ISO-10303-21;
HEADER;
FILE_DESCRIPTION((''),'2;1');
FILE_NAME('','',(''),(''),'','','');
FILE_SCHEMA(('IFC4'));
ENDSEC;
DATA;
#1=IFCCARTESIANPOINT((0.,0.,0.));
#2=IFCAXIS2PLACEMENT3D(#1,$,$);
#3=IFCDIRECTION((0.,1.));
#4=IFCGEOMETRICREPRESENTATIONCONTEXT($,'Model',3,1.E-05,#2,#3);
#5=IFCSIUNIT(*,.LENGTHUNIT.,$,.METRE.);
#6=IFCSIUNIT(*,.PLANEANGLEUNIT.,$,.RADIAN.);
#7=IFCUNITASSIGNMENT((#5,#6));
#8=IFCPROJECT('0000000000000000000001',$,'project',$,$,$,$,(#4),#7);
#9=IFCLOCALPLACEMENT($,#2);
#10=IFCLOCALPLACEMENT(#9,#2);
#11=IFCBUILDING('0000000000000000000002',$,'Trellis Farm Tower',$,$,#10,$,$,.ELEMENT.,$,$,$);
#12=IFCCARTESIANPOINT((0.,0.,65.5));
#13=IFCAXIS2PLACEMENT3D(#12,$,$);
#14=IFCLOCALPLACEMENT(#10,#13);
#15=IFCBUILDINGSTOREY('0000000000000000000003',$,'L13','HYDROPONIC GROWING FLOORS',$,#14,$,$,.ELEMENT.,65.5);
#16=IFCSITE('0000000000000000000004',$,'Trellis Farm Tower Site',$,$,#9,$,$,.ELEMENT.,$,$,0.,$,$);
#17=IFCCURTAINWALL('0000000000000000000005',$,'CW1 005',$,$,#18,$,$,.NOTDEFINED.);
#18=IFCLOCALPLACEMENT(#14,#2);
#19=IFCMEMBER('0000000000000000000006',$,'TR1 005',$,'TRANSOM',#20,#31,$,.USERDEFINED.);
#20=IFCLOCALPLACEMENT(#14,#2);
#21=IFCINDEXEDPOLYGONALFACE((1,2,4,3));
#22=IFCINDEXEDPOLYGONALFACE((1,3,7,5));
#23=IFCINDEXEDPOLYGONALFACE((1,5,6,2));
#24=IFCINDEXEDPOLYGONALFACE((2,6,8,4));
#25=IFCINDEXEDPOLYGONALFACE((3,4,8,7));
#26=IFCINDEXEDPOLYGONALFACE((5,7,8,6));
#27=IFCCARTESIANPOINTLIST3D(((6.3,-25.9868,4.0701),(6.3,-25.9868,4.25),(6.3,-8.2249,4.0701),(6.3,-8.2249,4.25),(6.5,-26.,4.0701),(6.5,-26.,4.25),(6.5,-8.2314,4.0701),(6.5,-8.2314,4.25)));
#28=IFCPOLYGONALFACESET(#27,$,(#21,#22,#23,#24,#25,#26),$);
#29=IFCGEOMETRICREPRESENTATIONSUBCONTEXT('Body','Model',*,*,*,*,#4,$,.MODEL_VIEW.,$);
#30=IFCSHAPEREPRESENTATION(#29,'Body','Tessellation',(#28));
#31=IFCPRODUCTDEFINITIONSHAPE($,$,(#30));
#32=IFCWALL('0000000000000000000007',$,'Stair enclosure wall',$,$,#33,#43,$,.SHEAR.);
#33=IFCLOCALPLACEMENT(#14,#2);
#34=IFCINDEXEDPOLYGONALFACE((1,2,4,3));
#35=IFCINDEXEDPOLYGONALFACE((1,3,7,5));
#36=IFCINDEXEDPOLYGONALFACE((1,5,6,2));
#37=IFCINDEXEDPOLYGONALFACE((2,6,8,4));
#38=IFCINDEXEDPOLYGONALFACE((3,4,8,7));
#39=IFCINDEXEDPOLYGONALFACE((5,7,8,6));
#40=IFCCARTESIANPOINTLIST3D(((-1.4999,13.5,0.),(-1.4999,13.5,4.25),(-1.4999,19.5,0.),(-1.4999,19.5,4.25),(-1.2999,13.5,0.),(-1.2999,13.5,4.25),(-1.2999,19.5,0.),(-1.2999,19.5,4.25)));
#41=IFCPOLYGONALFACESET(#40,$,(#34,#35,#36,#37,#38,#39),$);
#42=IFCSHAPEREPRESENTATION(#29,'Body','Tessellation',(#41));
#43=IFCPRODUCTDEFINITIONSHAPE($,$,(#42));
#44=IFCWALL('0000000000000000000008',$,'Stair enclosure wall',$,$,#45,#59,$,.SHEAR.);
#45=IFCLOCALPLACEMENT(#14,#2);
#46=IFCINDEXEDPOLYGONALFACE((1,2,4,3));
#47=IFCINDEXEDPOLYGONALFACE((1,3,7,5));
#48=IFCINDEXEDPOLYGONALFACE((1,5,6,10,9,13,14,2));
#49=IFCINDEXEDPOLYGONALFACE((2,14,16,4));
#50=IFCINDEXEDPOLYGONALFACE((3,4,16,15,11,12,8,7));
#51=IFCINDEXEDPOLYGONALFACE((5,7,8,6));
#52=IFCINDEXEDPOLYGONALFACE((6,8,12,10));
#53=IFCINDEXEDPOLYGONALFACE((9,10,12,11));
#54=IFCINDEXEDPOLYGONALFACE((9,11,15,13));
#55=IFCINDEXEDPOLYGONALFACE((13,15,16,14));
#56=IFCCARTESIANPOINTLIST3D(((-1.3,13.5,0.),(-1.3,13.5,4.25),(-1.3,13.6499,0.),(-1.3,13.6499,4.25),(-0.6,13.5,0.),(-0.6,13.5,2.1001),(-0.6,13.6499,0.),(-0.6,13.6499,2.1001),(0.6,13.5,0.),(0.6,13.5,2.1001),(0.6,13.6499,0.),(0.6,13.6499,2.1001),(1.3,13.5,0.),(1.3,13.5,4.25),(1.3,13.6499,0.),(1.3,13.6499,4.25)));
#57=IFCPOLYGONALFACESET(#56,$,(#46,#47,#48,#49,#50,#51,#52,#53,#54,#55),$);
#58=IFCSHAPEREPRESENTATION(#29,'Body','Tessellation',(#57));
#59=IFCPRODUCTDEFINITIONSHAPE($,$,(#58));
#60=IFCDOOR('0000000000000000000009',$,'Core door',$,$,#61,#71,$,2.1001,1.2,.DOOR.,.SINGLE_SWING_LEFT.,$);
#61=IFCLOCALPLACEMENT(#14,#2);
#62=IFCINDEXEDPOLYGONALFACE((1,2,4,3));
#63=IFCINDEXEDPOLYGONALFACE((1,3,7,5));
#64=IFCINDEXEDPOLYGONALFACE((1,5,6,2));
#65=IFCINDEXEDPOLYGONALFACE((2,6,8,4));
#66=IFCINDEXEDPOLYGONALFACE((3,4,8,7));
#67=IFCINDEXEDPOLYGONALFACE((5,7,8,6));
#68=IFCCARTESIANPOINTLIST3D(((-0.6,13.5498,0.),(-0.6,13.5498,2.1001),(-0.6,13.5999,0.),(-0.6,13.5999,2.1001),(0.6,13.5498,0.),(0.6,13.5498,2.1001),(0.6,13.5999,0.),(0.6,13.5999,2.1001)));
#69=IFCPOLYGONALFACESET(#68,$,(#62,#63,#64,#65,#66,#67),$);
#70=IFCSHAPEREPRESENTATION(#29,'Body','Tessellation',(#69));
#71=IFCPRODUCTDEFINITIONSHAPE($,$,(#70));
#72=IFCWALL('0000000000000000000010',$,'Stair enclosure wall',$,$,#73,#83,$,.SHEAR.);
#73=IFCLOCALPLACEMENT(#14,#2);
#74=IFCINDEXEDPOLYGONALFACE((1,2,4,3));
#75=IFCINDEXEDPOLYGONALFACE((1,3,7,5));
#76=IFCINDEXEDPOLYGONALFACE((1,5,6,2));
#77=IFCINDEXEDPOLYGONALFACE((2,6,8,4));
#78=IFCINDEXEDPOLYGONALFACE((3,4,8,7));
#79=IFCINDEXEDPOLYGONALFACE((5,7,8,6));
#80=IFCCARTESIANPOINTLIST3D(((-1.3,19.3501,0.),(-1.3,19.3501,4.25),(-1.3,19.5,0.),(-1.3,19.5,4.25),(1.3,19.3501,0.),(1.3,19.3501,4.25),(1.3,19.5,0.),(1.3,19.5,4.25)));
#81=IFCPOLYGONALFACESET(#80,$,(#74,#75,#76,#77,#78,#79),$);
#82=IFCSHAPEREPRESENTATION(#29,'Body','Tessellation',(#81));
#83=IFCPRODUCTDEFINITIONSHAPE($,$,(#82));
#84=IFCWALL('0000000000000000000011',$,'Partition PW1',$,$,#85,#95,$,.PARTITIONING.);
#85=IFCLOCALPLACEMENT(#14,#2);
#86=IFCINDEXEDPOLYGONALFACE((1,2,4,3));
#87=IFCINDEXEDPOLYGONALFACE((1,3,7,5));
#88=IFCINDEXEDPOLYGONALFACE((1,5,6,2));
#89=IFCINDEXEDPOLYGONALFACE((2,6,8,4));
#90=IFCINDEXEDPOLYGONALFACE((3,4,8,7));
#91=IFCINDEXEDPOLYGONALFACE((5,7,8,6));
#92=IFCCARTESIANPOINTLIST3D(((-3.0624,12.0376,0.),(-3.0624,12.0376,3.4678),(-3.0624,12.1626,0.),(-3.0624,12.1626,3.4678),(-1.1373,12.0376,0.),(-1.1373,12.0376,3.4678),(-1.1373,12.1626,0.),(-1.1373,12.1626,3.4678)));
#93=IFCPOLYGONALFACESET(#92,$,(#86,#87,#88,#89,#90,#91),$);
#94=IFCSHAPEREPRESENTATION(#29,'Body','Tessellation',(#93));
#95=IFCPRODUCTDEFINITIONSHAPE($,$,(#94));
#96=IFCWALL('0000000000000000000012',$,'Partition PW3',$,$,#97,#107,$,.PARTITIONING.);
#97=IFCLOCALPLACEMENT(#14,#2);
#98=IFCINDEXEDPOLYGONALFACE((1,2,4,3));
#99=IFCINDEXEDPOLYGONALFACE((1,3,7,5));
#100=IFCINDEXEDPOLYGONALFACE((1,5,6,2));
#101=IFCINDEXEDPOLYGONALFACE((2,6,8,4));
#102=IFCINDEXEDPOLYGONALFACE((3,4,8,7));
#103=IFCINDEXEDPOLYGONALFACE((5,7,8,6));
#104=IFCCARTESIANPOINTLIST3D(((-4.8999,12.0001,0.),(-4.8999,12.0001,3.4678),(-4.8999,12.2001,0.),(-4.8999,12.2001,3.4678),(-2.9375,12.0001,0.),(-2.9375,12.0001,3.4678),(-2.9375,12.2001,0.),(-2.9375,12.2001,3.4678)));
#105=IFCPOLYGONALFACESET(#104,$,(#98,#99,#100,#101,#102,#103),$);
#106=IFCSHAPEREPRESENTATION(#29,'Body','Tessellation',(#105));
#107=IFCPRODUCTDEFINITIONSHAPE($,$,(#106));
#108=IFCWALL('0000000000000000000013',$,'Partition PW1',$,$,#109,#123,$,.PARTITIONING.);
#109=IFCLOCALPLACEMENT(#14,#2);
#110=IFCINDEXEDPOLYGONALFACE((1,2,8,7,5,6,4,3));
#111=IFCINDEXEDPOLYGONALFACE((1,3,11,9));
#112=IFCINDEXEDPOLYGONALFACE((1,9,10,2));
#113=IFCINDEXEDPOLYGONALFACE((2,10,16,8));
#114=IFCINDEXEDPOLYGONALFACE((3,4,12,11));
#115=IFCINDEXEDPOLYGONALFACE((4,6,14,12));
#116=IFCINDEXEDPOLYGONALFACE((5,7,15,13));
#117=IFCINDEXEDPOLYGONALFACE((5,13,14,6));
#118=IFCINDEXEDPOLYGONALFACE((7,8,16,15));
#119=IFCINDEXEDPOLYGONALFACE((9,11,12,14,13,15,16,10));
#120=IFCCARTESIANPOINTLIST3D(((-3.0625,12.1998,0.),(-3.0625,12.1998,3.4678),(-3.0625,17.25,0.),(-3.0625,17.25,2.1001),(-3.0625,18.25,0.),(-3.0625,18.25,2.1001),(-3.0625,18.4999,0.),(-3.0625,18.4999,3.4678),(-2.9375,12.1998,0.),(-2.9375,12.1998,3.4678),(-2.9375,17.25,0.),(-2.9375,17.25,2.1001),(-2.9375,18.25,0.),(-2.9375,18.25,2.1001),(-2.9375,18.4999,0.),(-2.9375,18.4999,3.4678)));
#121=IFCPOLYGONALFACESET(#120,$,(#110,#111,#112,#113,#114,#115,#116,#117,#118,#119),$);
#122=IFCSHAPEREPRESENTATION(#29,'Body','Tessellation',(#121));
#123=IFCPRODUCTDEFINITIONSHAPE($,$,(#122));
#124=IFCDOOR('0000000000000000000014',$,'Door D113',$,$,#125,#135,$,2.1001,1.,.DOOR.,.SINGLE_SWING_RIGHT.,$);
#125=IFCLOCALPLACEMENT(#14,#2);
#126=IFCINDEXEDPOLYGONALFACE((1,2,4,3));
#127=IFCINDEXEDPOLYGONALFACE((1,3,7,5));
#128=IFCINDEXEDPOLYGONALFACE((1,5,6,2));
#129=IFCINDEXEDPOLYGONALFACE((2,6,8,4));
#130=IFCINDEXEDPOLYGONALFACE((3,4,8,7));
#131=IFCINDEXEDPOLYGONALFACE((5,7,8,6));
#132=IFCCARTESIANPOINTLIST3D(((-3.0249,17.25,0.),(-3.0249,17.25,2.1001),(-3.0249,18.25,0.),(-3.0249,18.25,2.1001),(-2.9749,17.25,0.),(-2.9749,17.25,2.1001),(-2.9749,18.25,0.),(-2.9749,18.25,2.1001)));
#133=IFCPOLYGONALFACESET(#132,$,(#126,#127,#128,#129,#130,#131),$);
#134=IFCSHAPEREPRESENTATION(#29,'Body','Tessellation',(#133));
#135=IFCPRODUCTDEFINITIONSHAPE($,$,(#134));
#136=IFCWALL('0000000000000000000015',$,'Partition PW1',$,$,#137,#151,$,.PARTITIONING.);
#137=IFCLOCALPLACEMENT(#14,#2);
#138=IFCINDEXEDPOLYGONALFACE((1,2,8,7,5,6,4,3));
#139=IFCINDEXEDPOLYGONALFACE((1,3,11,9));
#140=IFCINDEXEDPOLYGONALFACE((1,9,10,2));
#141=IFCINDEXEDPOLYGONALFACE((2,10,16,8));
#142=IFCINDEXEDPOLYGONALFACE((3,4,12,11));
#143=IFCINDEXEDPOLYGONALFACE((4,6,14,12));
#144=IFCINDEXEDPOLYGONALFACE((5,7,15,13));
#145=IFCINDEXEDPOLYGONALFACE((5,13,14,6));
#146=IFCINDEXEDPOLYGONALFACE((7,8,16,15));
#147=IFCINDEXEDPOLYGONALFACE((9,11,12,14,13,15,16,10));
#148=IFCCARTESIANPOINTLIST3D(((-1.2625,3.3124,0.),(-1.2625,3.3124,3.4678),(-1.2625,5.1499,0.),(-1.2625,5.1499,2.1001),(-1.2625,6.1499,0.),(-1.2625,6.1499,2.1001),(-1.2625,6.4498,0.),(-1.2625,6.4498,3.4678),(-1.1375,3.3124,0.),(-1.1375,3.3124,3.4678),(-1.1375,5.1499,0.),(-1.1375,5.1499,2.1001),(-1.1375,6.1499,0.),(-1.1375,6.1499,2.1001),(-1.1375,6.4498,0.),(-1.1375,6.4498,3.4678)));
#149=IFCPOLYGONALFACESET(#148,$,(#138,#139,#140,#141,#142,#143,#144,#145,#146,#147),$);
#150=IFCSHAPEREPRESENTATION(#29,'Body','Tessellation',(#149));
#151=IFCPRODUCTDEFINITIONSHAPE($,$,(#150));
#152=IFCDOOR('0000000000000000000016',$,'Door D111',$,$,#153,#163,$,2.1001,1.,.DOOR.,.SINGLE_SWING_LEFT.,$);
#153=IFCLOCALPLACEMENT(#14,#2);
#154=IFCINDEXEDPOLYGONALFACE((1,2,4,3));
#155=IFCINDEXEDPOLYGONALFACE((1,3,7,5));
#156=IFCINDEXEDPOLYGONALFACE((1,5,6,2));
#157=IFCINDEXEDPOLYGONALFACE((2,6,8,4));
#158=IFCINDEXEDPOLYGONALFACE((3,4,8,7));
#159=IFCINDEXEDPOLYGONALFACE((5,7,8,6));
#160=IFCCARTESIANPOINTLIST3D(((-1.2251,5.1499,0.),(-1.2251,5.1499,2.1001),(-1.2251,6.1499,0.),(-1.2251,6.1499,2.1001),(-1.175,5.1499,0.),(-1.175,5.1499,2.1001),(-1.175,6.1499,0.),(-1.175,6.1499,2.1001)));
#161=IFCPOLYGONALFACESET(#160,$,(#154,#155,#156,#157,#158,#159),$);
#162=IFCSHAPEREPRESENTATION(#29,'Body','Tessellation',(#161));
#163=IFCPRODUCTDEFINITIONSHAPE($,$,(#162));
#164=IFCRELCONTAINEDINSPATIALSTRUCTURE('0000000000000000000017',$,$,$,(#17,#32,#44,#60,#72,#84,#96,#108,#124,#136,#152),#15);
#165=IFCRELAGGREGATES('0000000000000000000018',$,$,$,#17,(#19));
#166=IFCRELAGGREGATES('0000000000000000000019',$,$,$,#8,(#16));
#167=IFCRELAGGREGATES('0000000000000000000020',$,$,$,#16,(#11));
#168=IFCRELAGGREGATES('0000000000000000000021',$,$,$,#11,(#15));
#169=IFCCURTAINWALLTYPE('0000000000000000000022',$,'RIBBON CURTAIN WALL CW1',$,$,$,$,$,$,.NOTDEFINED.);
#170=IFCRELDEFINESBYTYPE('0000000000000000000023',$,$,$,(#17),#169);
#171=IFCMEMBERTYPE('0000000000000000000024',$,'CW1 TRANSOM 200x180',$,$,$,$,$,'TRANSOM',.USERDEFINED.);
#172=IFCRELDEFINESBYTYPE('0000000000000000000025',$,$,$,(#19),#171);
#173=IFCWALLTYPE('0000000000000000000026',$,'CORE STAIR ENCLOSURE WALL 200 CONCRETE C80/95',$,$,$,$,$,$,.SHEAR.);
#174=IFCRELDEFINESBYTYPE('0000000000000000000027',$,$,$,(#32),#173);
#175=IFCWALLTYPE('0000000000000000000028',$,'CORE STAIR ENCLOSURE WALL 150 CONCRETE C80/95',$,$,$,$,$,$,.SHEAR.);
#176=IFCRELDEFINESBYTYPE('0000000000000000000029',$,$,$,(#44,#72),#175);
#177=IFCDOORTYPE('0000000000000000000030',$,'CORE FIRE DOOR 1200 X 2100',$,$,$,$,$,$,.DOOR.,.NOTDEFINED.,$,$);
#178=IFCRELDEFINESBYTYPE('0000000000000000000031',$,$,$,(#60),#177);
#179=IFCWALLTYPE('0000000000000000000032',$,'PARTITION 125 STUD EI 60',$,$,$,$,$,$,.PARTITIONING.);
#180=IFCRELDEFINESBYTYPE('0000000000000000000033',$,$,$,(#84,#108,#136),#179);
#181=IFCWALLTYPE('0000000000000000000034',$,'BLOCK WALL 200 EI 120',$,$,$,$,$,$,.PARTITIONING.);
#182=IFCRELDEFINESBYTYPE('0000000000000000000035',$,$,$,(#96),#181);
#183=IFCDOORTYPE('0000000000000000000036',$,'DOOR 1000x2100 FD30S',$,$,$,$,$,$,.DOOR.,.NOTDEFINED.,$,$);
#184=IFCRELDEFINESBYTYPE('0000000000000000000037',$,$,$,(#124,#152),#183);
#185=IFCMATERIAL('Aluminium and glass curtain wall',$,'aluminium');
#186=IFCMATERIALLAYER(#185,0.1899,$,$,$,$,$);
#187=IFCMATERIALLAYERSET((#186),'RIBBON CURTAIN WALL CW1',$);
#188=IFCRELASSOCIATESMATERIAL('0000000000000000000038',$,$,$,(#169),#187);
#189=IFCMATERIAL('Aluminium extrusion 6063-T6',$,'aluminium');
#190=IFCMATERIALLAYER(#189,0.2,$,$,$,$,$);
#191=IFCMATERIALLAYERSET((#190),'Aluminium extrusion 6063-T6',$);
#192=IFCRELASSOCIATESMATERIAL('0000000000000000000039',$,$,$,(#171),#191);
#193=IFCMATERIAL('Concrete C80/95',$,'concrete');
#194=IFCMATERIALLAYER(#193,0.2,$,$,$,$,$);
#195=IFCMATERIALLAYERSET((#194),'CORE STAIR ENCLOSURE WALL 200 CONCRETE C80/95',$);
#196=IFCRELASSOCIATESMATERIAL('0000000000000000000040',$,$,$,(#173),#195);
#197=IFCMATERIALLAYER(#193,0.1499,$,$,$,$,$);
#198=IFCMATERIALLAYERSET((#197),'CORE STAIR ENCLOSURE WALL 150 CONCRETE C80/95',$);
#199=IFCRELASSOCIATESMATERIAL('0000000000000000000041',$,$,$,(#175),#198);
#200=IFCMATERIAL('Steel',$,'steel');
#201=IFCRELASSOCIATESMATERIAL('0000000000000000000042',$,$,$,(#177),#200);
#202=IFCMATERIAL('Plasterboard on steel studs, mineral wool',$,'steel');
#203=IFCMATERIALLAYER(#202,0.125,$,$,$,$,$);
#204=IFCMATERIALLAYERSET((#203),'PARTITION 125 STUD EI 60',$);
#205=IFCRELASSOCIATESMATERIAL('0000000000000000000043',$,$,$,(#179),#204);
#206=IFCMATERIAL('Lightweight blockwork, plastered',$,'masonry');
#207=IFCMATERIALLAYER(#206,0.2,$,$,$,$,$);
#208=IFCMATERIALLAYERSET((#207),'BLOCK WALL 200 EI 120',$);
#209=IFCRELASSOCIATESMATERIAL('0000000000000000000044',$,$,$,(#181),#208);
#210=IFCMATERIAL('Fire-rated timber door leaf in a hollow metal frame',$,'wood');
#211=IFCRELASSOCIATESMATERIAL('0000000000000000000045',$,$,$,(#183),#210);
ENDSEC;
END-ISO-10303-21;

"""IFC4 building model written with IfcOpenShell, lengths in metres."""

from ifc_helpers import new_model, si_unit, direction, frame, frame_2d, origin, place, context, subcontext, project, spatial, polyline, rectangle, outline, extrude, source, transform, mapped, material, layer, layer_set, type_object, element, fill, aggregate, save


model = new_model("IFC4")

# Units and contexts
model_context = context("Model", 3, precision=1e-05, world=origin(), true_north=direction((0.0, 1.0)))
body_context = subcontext(model_context, "Body", "Model", "MODEL_VIEW")
ifc_project = project(units=[si_unit("LENGTHUNIT", "METRE"), si_unit("PLANEANGLEUNIT", "RADIAN")], contexts=[model_context])

# Site, building, storey
site_placement = place(None, origin())
site = spatial("IfcSite", under=ifc_project, at=site_placement, Name="Trellis Farm Tower Site", CompositionType="ELEMENT", RefElevation=0.0)
building_placement = place(site_placement, origin())
building = spatial("IfcBuilding", under=site, at=building_placement, Name="Trellis Farm Tower", CompositionType="ELEMENT")
storey_placement = place(building_placement, frame((0.0, 0.0, 65.5)))
storey = spatial("IfcBuildingStorey", under=building, at=storey_placement, Name="L13", Description="HYDROPONIC GROWING FLOORS", CompositionType="ELEMENT", Elevation=65.5)

# Shared definitions
ifc_material_1 = material(Name="Concrete C80/95", Category="concrete")

# Curtain wall, member
ifc_material_2 = material(Name="Aluminium and glass curtain wall", Category="aluminium")
ifc_layer_1 = layer(ifc_material_2, 0.1899)
ifc_layer_set_1 = layer_set([ifc_layer_1], Name="RIBBON CURTAIN WALL CW1")
curtain_wall_type = type_object("IfcCurtainWallType", Name="RIBBON CURTAIN WALL CW1", PredefinedType="NOTDEFINED", material=ifc_layer_set_1)
placement = place(storey_placement, origin())
curtain_wall = element("IfcCurtainWall", 1, at=placement, inside=storey, type_object=curtain_wall_type, Name="CW1 005", PredefinedType="NOTDEFINED")
ifc_material_3 = material(Name="Aluminium extrusion 6063-T6", Category="aluminium")
ifc_layer_2 = layer(ifc_material_3, 0.2)
ifc_layer_set_2 = layer_set([ifc_layer_2], Name="Aluminium extrusion 6063-T6")
member_type = type_object("IfcMemberType", Name="CW1 TRANSOM 200x180", ElementType="TRANSOM", PredefinedType="USERDEFINED", material=ifc_layer_set_2)
shared_shape_1 = source(origin(), body_context, "Body", "SweptSolid", [
    extrude(outline(polyline([(6.5, -26.0), (6.5, -8.2314), (6.3, -8.2249), (6.3, -25.9868), (6.5, -26.0)])), origin(), (0.0, 0.0, 1.0), 0.1799),
])
member_placement = place(storey_placement, frame((0.0, 0.0, 4.0701)))
member = element("IfcMember", 2, at=member_placement, type_object=member_type, Name="TR1 005", ObjectType="TRANSOM", PredefinedType="USERDEFINED", context=body_context, shape_type="MappedRepresentation", body=[
    mapped(shared_shape_1, transform((0.0, 0.0, 0.0))),
])
aggregate(curtain_wall, [member])

# Wall
ifc_layer_3 = layer(ifc_material_1, 0.2)
ifc_layer_set_3 = layer_set([ifc_layer_3], Name="CORE STAIR ENCLOSURE WALL 200 CONCRETE C80/95")
wall_type_1 = type_object("IfcWallType", Name="CORE STAIR ENCLOSURE WALL 200 CONCRETE C80/95", PredefinedType="SHEAR", material=ifc_layer_set_3)
shared_shape_2 = source(origin(), body_context, "Body", "SweptSolid", [
    extrude(rectangle(XDim=6.0, YDim=0.2, at=frame_2d((3.0, 0.0))), origin(), (0.0, 0.0, 1.0), 4.25),
])
wall_1_placement = place(storey_placement, frame((-1.3999, 13.5, 0.0), z_axis=(0.0, 0.0, 1.0), x_axis=(0.0, 1.0, 0.0)))
element("IfcWall", 3, at=wall_1_placement, inside=storey, type_object=wall_type_1, Name="Stair enclosure wall", PredefinedType="SHEAR", context=body_context, shape_type="MappedRepresentation", body=[
    mapped(shared_shape_2, transform((0.0, 0.0, 0.0))),
])

# Wall, opening, door
ifc_layer_4 = layer(ifc_material_1, 0.1499)
ifc_layer_set_4 = layer_set([ifc_layer_4], Name="CORE STAIR ENCLOSURE WALL 150 CONCRETE C80/95")
wall_type_2 = type_object("IfcWallType", Name="CORE STAIR ENCLOSURE WALL 150 CONCRETE C80/95", PredefinedType="SHEAR", material=ifc_layer_set_4)
shared_shape_3 = source(origin(), body_context, "Body", "SweptSolid", [
    extrude(rectangle(XDim=2.6001, YDim=0.1499, at=frame_2d((1.3, 0.0))), origin(), (0.0, 0.0, 1.0), 4.25),
])
wall_2_placement = place(storey_placement, frame((-1.3, 13.575, 0.0), z_axis=(0.0, 0.0, 1.0), x_axis=(1.0, 0.0, 0.0)))
wall_2 = element("IfcWall", 4, at=wall_2_placement, inside=storey, type_object=wall_type_2, Name="Stair enclosure wall", PredefinedType="SHEAR", context=body_context, shape_type="MappedRepresentation", body=[
    mapped(shared_shape_3, transform((0.0, 0.0, 0.0))),
])
shared_shape_4 = source(origin(), body_context, "Body", "SweptSolid", [
    extrude(rectangle(XDim=1.2, YDim=2.1001, at=frame_2d((0.6001, 1.05))), frame((0.0, 0.085, 0.0), z_axis=(0.0, -1.0, 0.0), x_axis=(1.0, 0.0, 0.0)), (0.0, 0.0, 1.0), 0.1699),
])
opening_1_placement = place(wall_2_placement, frame((0.7, 0.0, 0.0)))
opening_1 = element("IfcOpeningElement", 5, at=opening_1_placement, cuts=wall_2, PredefinedType="OPENING", context=body_context, shape_type="MappedRepresentation", body=[
    mapped(shared_shape_4, transform((0.0, 0.0, 0.0))),
])
ifc_material_4 = material(Name="Steel", Category="steel")
door_type_1 = type_object("IfcDoorType", Name="CORE FIRE DOOR 1200 X 2100", OperationType="NOTDEFINED", PredefinedType="DOOR", material=ifc_material_4)
shared_shape_5 = source(origin(), body_context, "Body", "SweptSolid", [
    extrude(rectangle(XDim=1.2, YDim=2.1001, at=frame_2d((0.6001, 1.05))), frame((0.0, 0.0249, 0.0), z_axis=(0.0, -1.0, 0.0), x_axis=(1.0, 0.0, 0.0)), (0.0, 0.0, 1.0), 0.05),
])
door_1_placement = place(opening_1_placement, origin())
door_1 = element("IfcDoor", 6, at=door_1_placement, inside=storey, type_object=door_type_1, Name="Core door", OperationType="SINGLE_SWING_LEFT", OverallHeight=2.1001, OverallWidth=1.2, PredefinedType="DOOR", context=body_context, shape_type="MappedRepresentation", body=[
    mapped(shared_shape_5, transform((0.0, 0.0, 0.0))),
])
fill(opening_1, door_1)

# Walls
wall_3_placement = place(storey_placement, frame((-1.3, 19.425, 0.0), z_axis=(0.0, 0.0, 1.0), x_axis=(1.0, 0.0, 0.0)))
element("IfcWall", 7, at=wall_3_placement, inside=storey, type_object=wall_type_2, Name="Stair enclosure wall", PredefinedType="SHEAR", context=body_context, shape_type="MappedRepresentation", body=[
    mapped(shared_shape_3, transform((0.0, 0.0, 0.0))),
])
ifc_material_5 = material(Name="Plasterboard on steel studs, mineral wool", Category="steel")
ifc_layer_5 = layer(ifc_material_5, 0.125)
ifc_layer_set_5 = layer_set([ifc_layer_5], Name="PARTITION 125 STUD EI 60")
wall_type_3 = type_object("IfcWallType", Name="PARTITION 125 STUD EI 60", PredefinedType="PARTITIONING", material=ifc_layer_set_5)
shared_shape_6 = source(origin(), body_context, "Body", "SweptSolid", [
    extrude(rectangle(XDim=1.925, YDim=0.125, at=frame_2d((0.9624, 0.0))), origin(), (0.0, 0.0, 1.0), 3.4678),
])
wall_4_placement = place(storey_placement, frame((-1.1375, 12.1001, 0.0), z_axis=(0.0, 0.0, 1.0), x_axis=(-1.0, 0.0, 0.0)))
element("IfcWall", 8, at=wall_4_placement, inside=storey, type_object=wall_type_3, Name="Partition PW1", PredefinedType="PARTITIONING", context=body_context, shape_type="MappedRepresentation", body=[
    mapped(shared_shape_6, transform((0.0, 0.0, 0.0))),
])
ifc_material_6 = material(Name="Lightweight blockwork, plastered", Category="masonry")
ifc_layer_6 = layer(ifc_material_6, 0.2)
ifc_layer_set_6 = layer_set([ifc_layer_6], Name="BLOCK WALL 200 EI 120")
wall_type_4 = type_object("IfcWallType", Name="BLOCK WALL 200 EI 120", PredefinedType="PARTITIONING", material=ifc_layer_set_6)
shared_shape_7 = source(origin(), body_context, "Body", "SweptSolid", [
    extrude(rectangle(XDim=1.9624, YDim=0.2, at=frame_2d((0.9812, 0.0))), origin(), (0.0, 0.0, 1.0), 3.4678),
])
wall_5_placement = place(storey_placement, frame((-4.8999, 12.1001, 0.0), z_axis=(0.0, 0.0, 1.0), x_axis=(1.0, 0.0, 0.0)))
element("IfcWall", 9, at=wall_5_placement, inside=storey, type_object=wall_type_4, Name="Partition PW3", PredefinedType="PARTITIONING", context=body_context, shape_type="MappedRepresentation", body=[
    mapped(shared_shape_7, transform((0.0, 0.0, 0.0))),
])

# Walls, openings, doors
shared_shape_8 = source(origin(), body_context, "Body", "SweptSolid", [
    extrude(rectangle(XDim=6.3, YDim=0.125, at=frame_2d((3.1499, 0.0))), origin(), (0.0, 0.0, 1.0), 3.4678),
])
wall_6_placement = place(storey_placement, frame((-3.0, 12.2, 0.0), z_axis=(0.0, 0.0, 1.0), x_axis=(0.0, 1.0, 0.0)))
wall_6 = element("IfcWall", 10, at=wall_6_placement, inside=storey, type_object=wall_type_3, Name="Partition PW1", PredefinedType="PARTITIONING", context=body_context, shape_type="MappedRepresentation", body=[
    mapped(shared_shape_8, transform((0.0, 0.0, 0.0))),
])
shared_shape_9 = source(origin(), body_context, "Body", "SweptSolid", [
    extrude(rectangle(XDim=1.0, YDim=2.1001, at=frame_2d((0.5, 1.05))), frame((0.0, 0.0725, 0.0), z_axis=(0.0, -1.0, 0.0), x_axis=(1.0, 0.0, 0.0)), (0.0, 0.0, 1.0), 0.145),
])
opening_2_placement = place(wall_6_placement, frame((5.05, 0.0, 0.0)))
opening_2 = element("IfcOpeningElement", 11, at=opening_2_placement, cuts=wall_6, PredefinedType="OPENING", context=body_context, shape_type="MappedRepresentation", body=[
    mapped(shared_shape_9, transform((0.0, 0.0, 0.0))),
])
ifc_material_7 = material(Name="Fire-rated timber door leaf in a hollow metal frame", Category="wood")
door_type_2 = type_object("IfcDoorType", Name="DOOR 1000x2100 FD30S", OperationType="NOTDEFINED", PredefinedType="DOOR", material=ifc_material_7)
shared_shape_10 = source(origin(), body_context, "Body", "SweptSolid", [
    extrude(rectangle(XDim=1.0, YDim=2.1001, at=frame_2d((0.5, 1.05))), frame((0.0, 0.0249, 0.0), z_axis=(0.0, -1.0, 0.0), x_axis=(1.0, 0.0, 0.0)), (0.0, 0.0, 1.0), 0.05),
])
door_2_placement = place(opening_2_placement, origin())
door_2 = element("IfcDoor", 12, at=door_2_placement, inside=storey, type_object=door_type_2, Name="Door D113", OperationType="SINGLE_SWING_RIGHT", OverallHeight=2.1001, OverallWidth=1.0, PredefinedType="DOOR", context=body_context, shape_type="MappedRepresentation", body=[
    mapped(shared_shape_10, transform((0.0, 0.0, 0.0))),
])
fill(opening_2, door_2)
shared_shape_11 = source(origin(), body_context, "Body", "SweptSolid", [
    extrude(rectangle(XDim=3.1375, YDim=0.125, at=frame_2d((1.5688, 0.0))), origin(), (0.0, 0.0, 1.0), 3.4678),
])
wall_7_placement = place(storey_placement, frame((-1.2, 6.45, 0.0), z_axis=(0.0, 0.0, 1.0), x_axis=(0.0, -1.0, 0.0)))
wall_7 = element("IfcWall", 13, at=wall_7_placement, inside=storey, type_object=wall_type_3, Name="Partition PW1", PredefinedType="PARTITIONING", context=body_context, shape_type="MappedRepresentation", body=[
    mapped(shared_shape_11, transform((0.0, 0.0, 0.0))),
])
opening_3_placement = place(wall_7_placement, frame((0.3, 0.0, 0.0)))
opening_3 = element("IfcOpeningElement", 14, at=opening_3_placement, cuts=wall_7, PredefinedType="OPENING", context=body_context, shape_type="MappedRepresentation", body=[
    mapped(shared_shape_9, transform((0.0, 0.0, 0.0))),
])
door_3_placement = place(opening_3_placement, origin())
door_3 = element("IfcDoor", 15, at=door_3_placement, inside=storey, type_object=door_type_2, Name="Door D111", OperationType="SINGLE_SWING_LEFT", OverallHeight=2.1001, OverallWidth=1.0, PredefinedType="DOOR", context=body_context, shape_type="MappedRepresentation", body=[
    mapped(shared_shape_10, transform((0.0, 0.0, 0.0))),
])
fill(opening_3, door_3)

save(model, "model.ifc")
